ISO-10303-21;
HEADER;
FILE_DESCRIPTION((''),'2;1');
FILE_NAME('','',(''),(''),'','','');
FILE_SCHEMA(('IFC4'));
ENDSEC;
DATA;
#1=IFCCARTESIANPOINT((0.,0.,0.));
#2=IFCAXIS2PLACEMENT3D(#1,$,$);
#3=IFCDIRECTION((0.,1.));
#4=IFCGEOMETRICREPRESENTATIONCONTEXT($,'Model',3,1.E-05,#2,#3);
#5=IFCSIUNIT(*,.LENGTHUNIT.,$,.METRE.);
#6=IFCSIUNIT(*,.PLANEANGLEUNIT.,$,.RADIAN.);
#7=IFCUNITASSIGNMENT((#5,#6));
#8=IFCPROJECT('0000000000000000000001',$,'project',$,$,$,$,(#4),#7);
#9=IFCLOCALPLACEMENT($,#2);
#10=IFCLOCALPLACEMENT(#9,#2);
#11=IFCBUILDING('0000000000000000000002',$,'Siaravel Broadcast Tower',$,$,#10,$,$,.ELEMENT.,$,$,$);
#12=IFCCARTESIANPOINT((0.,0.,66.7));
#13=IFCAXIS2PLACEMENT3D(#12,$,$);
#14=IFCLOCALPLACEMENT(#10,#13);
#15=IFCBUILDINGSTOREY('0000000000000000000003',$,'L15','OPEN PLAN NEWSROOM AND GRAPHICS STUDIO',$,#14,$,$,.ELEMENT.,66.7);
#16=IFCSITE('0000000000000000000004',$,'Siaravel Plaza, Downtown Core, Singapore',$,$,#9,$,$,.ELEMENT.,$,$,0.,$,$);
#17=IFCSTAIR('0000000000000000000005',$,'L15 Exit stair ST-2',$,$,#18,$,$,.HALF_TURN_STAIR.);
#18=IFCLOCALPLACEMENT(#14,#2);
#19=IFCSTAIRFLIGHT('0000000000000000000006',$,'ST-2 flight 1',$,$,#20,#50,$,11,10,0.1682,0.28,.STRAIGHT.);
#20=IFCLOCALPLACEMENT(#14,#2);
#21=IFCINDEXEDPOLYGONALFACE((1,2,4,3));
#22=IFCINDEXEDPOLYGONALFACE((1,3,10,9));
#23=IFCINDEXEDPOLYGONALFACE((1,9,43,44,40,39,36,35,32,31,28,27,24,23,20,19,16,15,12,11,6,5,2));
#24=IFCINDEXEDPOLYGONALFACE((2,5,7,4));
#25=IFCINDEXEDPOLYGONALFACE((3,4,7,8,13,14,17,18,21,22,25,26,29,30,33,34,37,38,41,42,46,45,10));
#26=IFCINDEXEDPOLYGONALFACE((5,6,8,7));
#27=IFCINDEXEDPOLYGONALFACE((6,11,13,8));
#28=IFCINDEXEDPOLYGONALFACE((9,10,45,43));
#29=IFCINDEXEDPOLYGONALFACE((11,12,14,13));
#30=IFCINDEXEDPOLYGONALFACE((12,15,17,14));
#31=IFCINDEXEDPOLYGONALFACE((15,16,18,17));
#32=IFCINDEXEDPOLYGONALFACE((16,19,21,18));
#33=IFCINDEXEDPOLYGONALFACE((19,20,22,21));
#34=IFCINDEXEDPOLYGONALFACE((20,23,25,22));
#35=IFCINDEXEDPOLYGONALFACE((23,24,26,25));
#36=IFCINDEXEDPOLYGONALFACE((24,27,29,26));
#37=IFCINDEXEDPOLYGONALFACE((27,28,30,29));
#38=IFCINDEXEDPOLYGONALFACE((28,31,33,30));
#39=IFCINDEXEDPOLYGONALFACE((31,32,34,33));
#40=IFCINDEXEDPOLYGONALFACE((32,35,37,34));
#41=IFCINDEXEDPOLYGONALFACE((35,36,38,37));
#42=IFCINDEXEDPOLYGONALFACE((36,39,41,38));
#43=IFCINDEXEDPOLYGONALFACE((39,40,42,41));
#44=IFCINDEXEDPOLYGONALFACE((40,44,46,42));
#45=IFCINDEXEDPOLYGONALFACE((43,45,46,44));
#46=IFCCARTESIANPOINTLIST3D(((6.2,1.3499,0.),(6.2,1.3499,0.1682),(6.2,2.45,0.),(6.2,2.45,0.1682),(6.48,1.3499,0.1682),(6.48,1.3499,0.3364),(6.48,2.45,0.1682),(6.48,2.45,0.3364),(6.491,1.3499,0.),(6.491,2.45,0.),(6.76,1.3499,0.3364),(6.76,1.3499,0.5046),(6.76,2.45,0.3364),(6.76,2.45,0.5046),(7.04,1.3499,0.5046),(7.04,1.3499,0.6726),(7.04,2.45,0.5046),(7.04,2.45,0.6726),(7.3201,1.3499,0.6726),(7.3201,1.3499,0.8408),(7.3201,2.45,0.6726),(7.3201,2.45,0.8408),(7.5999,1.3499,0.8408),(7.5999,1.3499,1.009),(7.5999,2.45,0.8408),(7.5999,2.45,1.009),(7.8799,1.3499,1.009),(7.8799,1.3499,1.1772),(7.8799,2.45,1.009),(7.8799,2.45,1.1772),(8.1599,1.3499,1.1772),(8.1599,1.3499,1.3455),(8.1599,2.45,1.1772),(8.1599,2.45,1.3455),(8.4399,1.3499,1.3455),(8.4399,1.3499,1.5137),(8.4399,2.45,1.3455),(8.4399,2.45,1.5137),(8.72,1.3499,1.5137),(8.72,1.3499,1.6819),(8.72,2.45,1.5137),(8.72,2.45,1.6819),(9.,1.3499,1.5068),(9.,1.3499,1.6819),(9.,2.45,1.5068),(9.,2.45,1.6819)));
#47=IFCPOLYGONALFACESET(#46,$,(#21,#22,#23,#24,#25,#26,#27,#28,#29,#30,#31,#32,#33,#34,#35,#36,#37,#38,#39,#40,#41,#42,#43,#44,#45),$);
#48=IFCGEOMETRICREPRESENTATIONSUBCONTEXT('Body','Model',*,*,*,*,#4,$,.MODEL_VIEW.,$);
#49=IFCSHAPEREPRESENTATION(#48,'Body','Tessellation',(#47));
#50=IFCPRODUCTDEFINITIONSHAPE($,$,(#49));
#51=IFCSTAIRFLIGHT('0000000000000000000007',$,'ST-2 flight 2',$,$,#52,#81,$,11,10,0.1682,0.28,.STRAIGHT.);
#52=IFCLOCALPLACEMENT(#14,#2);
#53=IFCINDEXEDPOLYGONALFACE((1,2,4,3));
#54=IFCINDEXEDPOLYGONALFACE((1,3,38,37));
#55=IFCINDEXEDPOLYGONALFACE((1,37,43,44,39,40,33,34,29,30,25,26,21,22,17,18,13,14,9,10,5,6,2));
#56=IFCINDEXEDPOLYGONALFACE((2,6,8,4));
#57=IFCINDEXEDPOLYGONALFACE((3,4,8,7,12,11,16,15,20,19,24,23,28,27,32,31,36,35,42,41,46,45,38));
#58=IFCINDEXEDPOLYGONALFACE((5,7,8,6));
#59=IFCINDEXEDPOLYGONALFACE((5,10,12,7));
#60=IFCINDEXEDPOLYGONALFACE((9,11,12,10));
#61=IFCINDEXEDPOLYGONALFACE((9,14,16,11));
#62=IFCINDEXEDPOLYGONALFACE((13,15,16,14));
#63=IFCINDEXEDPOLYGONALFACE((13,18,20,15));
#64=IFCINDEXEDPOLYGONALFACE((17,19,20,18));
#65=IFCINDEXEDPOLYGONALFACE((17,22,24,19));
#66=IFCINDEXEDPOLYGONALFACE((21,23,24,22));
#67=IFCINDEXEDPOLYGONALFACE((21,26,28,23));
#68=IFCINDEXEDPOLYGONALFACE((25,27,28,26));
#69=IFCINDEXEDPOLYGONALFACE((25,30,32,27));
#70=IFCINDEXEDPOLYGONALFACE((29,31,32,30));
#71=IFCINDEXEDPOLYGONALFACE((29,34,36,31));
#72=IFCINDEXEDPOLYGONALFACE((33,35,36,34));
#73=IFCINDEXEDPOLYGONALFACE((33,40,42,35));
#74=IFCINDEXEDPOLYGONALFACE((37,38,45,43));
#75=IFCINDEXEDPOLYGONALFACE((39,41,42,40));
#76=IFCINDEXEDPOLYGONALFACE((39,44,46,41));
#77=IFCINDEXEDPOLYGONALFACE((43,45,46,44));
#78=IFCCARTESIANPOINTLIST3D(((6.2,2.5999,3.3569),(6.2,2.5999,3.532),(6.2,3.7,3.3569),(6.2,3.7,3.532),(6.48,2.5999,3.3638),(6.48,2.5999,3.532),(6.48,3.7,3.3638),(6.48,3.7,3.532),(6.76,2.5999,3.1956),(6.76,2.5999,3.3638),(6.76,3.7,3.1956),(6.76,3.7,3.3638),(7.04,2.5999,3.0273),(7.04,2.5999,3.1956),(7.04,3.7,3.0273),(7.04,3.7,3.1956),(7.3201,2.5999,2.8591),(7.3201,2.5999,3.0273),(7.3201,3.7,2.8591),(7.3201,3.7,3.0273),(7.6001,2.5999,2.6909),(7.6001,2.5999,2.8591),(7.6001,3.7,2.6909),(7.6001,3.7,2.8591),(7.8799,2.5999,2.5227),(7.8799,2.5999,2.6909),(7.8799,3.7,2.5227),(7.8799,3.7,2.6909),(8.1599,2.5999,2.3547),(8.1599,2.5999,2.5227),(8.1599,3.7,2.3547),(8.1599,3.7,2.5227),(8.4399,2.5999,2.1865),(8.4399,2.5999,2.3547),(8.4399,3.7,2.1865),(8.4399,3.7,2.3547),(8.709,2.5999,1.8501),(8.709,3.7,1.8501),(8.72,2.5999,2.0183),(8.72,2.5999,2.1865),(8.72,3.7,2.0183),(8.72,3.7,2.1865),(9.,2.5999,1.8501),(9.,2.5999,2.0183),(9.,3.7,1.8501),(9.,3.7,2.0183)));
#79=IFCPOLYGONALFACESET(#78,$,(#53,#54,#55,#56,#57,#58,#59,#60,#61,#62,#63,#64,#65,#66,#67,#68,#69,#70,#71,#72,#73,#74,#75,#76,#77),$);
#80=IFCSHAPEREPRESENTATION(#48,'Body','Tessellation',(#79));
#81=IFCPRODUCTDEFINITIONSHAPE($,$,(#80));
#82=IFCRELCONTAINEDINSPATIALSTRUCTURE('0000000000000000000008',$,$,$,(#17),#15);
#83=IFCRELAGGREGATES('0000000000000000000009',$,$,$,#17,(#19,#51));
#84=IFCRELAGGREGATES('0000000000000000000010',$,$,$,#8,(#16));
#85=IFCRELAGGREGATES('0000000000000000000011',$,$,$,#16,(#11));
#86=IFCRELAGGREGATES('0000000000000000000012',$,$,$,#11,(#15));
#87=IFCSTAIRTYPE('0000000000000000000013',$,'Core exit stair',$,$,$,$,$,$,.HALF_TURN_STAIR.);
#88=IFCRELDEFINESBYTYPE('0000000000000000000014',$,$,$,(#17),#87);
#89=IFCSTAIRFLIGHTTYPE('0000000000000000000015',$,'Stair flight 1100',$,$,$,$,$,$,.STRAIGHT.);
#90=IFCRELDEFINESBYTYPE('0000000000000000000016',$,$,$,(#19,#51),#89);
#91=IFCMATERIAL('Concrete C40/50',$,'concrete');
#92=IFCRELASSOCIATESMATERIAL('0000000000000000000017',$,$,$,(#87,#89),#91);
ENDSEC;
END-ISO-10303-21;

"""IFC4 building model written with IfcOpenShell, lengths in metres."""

from ifc_helpers import new_model, si_unit, direction, frame, origin, place, context, subcontext, project, spatial, polyline, outline, extrude, material, type_object, element, aggregate, save


model = new_model("IFC4")

# Units and contexts
model_context = context("Model", 3, precision=1e-05, world=origin(), true_north=direction((0.0, 1.0)))
body_context = subcontext(model_context, "Body", "Model", "MODEL_VIEW")
ifc_project = project(units=[si_unit("LENGTHUNIT", "METRE"), si_unit("PLANEANGLEUNIT", "RADIAN")], contexts=[model_context])

# Site, building, storey
site_placement = place(None, origin())
site = spatial("IfcSite", under=ifc_project, at=site_placement, Name="Siaravel Plaza, Downtown Core, Singapore", CompositionType="ELEMENT", RefElevation=0.0)
building_placement = place(site_placement, origin())
building = spatial("IfcBuilding", under=site, at=building_placement, Name="Siaravel Broadcast Tower", CompositionType="ELEMENT")
storey_placement = place(building_placement, frame((0.0, 0.0, 66.7)))
storey = spatial("IfcBuildingStorey", under=building, at=storey_placement, Name="L15", Description="OPEN PLAN NEWSROOM AND GRAPHICS STUDIO", CompositionType="ELEMENT", Elevation=66.7)

# Stair, stair flights
ifc_material_1 = material(Name="Concrete C40/50", Category="concrete")
stair_type = type_object("IfcStairType", Name="Core exit stair", PredefinedType="HALF_TURN_STAIR", material=ifc_material_1)
stair_placement = place(storey_placement, origin())
stair = element("IfcStair", 1, at=stair_placement, inside=storey, type_object=stair_type, Name="L15 Exit stair ST-2", PredefinedType="HALF_TURN_STAIR")
stair_flight_type = type_object("IfcStairFlightType", Name="Stair flight 1100", PredefinedType="STRAIGHT", material=ifc_material_1)
stair_flight_1_placement = place(storey_placement, frame((6.2, 1.8999, 0.0), z_axis=(0.0, 0.0, 1.0), x_axis=(1.0, 0.0, 0.0)))
stair_flight_1 = element("IfcStairFlight", 2, at=stair_flight_1_placement, type_object=stair_flight_type, Name="ST-2 flight 1", NumberOfRisers=11, NumberOfTreads=10, PredefinedType="STRAIGHT", RiserHeight=0.1682, TreadLength=0.28, context=body_context, shape_type="SweptSolid", body=[
    extrude(outline(polyline([(0.0, 0.0), (0.0, 0.1682), (0.28, 0.1682), (0.28, 0.3364), (0.5601, 0.3364), (0.5601, 0.5046), (0.8401, 0.5046), (0.8401, 0.6726), (1.1201, 0.6726), (1.1201, 0.8408), (1.3999, 0.8408), (1.3999, 1.009), (1.6799, 1.009), (1.6799, 1.1772), (1.96, 1.1772), (1.96, 1.3455), (2.24, 1.3455), (2.24, 1.5137), (2.52, 1.5137), (2.52, 1.6819), (2.8, 1.6819), (2.8, 1.8501), (2.8, 1.5068), (0.291, 0.0), (0.0, 0.0)])), frame((0.0, 0.55, 0.0), z_axis=(0.0, -1.0, 0.0), x_axis=(1.0, 0.0, 0.0)), (0.0, 0.0, 1.0), 1.1001),
])
stair_flight_2_placement = place(storey_placement, frame((9.0, 3.1499, 1.8501), z_axis=(0.0, 0.0, 1.0), x_axis=(-1.0, 0.0, 0.0)))
stair_flight_2 = element("IfcStairFlight", 3, at=stair_flight_2_placement, type_object=stair_flight_type, Name="ST-2 flight 2", NumberOfRisers=11, NumberOfTreads=10, PredefinedType="STRAIGHT", RiserHeight=0.1682, TreadLength=0.28, context=body_context, shape_type="SweptSolid", body=[
    extrude(outline(polyline([(0.0, 0.0), (0.0, 0.1682), (0.28, 0.1682), (0.28, 0.3364), (0.5601, 0.3364), (0.5601, 0.5046), (0.8401, 0.5046), (0.8401, 0.6726), (1.1201, 0.6726), (1.1201, 0.8408), (1.3999, 0.8408), (1.3999, 1.009), (1.6799, 1.009), (1.6799, 1.1772), (1.96, 1.1772), (1.96, 1.3455), (2.24, 1.3455), (2.24, 1.5137), (2.52, 1.5137), (2.52, 1.6819), (2.8, 1.6819), (2.8, 1.8501), (2.8, 1.5068), (0.291, 0.0), (0.0, 0.0)])), frame((0.0, 0.55, 0.0), z_axis=(0.0, -1.0, 0.0), x_axis=(1.0, 0.0, 0.0)), (0.0, 0.0, 1.0), 1.1001),
])
aggregate(stair, [stair_flight_1, stair_flight_2])

save(model, "model.ifc")
